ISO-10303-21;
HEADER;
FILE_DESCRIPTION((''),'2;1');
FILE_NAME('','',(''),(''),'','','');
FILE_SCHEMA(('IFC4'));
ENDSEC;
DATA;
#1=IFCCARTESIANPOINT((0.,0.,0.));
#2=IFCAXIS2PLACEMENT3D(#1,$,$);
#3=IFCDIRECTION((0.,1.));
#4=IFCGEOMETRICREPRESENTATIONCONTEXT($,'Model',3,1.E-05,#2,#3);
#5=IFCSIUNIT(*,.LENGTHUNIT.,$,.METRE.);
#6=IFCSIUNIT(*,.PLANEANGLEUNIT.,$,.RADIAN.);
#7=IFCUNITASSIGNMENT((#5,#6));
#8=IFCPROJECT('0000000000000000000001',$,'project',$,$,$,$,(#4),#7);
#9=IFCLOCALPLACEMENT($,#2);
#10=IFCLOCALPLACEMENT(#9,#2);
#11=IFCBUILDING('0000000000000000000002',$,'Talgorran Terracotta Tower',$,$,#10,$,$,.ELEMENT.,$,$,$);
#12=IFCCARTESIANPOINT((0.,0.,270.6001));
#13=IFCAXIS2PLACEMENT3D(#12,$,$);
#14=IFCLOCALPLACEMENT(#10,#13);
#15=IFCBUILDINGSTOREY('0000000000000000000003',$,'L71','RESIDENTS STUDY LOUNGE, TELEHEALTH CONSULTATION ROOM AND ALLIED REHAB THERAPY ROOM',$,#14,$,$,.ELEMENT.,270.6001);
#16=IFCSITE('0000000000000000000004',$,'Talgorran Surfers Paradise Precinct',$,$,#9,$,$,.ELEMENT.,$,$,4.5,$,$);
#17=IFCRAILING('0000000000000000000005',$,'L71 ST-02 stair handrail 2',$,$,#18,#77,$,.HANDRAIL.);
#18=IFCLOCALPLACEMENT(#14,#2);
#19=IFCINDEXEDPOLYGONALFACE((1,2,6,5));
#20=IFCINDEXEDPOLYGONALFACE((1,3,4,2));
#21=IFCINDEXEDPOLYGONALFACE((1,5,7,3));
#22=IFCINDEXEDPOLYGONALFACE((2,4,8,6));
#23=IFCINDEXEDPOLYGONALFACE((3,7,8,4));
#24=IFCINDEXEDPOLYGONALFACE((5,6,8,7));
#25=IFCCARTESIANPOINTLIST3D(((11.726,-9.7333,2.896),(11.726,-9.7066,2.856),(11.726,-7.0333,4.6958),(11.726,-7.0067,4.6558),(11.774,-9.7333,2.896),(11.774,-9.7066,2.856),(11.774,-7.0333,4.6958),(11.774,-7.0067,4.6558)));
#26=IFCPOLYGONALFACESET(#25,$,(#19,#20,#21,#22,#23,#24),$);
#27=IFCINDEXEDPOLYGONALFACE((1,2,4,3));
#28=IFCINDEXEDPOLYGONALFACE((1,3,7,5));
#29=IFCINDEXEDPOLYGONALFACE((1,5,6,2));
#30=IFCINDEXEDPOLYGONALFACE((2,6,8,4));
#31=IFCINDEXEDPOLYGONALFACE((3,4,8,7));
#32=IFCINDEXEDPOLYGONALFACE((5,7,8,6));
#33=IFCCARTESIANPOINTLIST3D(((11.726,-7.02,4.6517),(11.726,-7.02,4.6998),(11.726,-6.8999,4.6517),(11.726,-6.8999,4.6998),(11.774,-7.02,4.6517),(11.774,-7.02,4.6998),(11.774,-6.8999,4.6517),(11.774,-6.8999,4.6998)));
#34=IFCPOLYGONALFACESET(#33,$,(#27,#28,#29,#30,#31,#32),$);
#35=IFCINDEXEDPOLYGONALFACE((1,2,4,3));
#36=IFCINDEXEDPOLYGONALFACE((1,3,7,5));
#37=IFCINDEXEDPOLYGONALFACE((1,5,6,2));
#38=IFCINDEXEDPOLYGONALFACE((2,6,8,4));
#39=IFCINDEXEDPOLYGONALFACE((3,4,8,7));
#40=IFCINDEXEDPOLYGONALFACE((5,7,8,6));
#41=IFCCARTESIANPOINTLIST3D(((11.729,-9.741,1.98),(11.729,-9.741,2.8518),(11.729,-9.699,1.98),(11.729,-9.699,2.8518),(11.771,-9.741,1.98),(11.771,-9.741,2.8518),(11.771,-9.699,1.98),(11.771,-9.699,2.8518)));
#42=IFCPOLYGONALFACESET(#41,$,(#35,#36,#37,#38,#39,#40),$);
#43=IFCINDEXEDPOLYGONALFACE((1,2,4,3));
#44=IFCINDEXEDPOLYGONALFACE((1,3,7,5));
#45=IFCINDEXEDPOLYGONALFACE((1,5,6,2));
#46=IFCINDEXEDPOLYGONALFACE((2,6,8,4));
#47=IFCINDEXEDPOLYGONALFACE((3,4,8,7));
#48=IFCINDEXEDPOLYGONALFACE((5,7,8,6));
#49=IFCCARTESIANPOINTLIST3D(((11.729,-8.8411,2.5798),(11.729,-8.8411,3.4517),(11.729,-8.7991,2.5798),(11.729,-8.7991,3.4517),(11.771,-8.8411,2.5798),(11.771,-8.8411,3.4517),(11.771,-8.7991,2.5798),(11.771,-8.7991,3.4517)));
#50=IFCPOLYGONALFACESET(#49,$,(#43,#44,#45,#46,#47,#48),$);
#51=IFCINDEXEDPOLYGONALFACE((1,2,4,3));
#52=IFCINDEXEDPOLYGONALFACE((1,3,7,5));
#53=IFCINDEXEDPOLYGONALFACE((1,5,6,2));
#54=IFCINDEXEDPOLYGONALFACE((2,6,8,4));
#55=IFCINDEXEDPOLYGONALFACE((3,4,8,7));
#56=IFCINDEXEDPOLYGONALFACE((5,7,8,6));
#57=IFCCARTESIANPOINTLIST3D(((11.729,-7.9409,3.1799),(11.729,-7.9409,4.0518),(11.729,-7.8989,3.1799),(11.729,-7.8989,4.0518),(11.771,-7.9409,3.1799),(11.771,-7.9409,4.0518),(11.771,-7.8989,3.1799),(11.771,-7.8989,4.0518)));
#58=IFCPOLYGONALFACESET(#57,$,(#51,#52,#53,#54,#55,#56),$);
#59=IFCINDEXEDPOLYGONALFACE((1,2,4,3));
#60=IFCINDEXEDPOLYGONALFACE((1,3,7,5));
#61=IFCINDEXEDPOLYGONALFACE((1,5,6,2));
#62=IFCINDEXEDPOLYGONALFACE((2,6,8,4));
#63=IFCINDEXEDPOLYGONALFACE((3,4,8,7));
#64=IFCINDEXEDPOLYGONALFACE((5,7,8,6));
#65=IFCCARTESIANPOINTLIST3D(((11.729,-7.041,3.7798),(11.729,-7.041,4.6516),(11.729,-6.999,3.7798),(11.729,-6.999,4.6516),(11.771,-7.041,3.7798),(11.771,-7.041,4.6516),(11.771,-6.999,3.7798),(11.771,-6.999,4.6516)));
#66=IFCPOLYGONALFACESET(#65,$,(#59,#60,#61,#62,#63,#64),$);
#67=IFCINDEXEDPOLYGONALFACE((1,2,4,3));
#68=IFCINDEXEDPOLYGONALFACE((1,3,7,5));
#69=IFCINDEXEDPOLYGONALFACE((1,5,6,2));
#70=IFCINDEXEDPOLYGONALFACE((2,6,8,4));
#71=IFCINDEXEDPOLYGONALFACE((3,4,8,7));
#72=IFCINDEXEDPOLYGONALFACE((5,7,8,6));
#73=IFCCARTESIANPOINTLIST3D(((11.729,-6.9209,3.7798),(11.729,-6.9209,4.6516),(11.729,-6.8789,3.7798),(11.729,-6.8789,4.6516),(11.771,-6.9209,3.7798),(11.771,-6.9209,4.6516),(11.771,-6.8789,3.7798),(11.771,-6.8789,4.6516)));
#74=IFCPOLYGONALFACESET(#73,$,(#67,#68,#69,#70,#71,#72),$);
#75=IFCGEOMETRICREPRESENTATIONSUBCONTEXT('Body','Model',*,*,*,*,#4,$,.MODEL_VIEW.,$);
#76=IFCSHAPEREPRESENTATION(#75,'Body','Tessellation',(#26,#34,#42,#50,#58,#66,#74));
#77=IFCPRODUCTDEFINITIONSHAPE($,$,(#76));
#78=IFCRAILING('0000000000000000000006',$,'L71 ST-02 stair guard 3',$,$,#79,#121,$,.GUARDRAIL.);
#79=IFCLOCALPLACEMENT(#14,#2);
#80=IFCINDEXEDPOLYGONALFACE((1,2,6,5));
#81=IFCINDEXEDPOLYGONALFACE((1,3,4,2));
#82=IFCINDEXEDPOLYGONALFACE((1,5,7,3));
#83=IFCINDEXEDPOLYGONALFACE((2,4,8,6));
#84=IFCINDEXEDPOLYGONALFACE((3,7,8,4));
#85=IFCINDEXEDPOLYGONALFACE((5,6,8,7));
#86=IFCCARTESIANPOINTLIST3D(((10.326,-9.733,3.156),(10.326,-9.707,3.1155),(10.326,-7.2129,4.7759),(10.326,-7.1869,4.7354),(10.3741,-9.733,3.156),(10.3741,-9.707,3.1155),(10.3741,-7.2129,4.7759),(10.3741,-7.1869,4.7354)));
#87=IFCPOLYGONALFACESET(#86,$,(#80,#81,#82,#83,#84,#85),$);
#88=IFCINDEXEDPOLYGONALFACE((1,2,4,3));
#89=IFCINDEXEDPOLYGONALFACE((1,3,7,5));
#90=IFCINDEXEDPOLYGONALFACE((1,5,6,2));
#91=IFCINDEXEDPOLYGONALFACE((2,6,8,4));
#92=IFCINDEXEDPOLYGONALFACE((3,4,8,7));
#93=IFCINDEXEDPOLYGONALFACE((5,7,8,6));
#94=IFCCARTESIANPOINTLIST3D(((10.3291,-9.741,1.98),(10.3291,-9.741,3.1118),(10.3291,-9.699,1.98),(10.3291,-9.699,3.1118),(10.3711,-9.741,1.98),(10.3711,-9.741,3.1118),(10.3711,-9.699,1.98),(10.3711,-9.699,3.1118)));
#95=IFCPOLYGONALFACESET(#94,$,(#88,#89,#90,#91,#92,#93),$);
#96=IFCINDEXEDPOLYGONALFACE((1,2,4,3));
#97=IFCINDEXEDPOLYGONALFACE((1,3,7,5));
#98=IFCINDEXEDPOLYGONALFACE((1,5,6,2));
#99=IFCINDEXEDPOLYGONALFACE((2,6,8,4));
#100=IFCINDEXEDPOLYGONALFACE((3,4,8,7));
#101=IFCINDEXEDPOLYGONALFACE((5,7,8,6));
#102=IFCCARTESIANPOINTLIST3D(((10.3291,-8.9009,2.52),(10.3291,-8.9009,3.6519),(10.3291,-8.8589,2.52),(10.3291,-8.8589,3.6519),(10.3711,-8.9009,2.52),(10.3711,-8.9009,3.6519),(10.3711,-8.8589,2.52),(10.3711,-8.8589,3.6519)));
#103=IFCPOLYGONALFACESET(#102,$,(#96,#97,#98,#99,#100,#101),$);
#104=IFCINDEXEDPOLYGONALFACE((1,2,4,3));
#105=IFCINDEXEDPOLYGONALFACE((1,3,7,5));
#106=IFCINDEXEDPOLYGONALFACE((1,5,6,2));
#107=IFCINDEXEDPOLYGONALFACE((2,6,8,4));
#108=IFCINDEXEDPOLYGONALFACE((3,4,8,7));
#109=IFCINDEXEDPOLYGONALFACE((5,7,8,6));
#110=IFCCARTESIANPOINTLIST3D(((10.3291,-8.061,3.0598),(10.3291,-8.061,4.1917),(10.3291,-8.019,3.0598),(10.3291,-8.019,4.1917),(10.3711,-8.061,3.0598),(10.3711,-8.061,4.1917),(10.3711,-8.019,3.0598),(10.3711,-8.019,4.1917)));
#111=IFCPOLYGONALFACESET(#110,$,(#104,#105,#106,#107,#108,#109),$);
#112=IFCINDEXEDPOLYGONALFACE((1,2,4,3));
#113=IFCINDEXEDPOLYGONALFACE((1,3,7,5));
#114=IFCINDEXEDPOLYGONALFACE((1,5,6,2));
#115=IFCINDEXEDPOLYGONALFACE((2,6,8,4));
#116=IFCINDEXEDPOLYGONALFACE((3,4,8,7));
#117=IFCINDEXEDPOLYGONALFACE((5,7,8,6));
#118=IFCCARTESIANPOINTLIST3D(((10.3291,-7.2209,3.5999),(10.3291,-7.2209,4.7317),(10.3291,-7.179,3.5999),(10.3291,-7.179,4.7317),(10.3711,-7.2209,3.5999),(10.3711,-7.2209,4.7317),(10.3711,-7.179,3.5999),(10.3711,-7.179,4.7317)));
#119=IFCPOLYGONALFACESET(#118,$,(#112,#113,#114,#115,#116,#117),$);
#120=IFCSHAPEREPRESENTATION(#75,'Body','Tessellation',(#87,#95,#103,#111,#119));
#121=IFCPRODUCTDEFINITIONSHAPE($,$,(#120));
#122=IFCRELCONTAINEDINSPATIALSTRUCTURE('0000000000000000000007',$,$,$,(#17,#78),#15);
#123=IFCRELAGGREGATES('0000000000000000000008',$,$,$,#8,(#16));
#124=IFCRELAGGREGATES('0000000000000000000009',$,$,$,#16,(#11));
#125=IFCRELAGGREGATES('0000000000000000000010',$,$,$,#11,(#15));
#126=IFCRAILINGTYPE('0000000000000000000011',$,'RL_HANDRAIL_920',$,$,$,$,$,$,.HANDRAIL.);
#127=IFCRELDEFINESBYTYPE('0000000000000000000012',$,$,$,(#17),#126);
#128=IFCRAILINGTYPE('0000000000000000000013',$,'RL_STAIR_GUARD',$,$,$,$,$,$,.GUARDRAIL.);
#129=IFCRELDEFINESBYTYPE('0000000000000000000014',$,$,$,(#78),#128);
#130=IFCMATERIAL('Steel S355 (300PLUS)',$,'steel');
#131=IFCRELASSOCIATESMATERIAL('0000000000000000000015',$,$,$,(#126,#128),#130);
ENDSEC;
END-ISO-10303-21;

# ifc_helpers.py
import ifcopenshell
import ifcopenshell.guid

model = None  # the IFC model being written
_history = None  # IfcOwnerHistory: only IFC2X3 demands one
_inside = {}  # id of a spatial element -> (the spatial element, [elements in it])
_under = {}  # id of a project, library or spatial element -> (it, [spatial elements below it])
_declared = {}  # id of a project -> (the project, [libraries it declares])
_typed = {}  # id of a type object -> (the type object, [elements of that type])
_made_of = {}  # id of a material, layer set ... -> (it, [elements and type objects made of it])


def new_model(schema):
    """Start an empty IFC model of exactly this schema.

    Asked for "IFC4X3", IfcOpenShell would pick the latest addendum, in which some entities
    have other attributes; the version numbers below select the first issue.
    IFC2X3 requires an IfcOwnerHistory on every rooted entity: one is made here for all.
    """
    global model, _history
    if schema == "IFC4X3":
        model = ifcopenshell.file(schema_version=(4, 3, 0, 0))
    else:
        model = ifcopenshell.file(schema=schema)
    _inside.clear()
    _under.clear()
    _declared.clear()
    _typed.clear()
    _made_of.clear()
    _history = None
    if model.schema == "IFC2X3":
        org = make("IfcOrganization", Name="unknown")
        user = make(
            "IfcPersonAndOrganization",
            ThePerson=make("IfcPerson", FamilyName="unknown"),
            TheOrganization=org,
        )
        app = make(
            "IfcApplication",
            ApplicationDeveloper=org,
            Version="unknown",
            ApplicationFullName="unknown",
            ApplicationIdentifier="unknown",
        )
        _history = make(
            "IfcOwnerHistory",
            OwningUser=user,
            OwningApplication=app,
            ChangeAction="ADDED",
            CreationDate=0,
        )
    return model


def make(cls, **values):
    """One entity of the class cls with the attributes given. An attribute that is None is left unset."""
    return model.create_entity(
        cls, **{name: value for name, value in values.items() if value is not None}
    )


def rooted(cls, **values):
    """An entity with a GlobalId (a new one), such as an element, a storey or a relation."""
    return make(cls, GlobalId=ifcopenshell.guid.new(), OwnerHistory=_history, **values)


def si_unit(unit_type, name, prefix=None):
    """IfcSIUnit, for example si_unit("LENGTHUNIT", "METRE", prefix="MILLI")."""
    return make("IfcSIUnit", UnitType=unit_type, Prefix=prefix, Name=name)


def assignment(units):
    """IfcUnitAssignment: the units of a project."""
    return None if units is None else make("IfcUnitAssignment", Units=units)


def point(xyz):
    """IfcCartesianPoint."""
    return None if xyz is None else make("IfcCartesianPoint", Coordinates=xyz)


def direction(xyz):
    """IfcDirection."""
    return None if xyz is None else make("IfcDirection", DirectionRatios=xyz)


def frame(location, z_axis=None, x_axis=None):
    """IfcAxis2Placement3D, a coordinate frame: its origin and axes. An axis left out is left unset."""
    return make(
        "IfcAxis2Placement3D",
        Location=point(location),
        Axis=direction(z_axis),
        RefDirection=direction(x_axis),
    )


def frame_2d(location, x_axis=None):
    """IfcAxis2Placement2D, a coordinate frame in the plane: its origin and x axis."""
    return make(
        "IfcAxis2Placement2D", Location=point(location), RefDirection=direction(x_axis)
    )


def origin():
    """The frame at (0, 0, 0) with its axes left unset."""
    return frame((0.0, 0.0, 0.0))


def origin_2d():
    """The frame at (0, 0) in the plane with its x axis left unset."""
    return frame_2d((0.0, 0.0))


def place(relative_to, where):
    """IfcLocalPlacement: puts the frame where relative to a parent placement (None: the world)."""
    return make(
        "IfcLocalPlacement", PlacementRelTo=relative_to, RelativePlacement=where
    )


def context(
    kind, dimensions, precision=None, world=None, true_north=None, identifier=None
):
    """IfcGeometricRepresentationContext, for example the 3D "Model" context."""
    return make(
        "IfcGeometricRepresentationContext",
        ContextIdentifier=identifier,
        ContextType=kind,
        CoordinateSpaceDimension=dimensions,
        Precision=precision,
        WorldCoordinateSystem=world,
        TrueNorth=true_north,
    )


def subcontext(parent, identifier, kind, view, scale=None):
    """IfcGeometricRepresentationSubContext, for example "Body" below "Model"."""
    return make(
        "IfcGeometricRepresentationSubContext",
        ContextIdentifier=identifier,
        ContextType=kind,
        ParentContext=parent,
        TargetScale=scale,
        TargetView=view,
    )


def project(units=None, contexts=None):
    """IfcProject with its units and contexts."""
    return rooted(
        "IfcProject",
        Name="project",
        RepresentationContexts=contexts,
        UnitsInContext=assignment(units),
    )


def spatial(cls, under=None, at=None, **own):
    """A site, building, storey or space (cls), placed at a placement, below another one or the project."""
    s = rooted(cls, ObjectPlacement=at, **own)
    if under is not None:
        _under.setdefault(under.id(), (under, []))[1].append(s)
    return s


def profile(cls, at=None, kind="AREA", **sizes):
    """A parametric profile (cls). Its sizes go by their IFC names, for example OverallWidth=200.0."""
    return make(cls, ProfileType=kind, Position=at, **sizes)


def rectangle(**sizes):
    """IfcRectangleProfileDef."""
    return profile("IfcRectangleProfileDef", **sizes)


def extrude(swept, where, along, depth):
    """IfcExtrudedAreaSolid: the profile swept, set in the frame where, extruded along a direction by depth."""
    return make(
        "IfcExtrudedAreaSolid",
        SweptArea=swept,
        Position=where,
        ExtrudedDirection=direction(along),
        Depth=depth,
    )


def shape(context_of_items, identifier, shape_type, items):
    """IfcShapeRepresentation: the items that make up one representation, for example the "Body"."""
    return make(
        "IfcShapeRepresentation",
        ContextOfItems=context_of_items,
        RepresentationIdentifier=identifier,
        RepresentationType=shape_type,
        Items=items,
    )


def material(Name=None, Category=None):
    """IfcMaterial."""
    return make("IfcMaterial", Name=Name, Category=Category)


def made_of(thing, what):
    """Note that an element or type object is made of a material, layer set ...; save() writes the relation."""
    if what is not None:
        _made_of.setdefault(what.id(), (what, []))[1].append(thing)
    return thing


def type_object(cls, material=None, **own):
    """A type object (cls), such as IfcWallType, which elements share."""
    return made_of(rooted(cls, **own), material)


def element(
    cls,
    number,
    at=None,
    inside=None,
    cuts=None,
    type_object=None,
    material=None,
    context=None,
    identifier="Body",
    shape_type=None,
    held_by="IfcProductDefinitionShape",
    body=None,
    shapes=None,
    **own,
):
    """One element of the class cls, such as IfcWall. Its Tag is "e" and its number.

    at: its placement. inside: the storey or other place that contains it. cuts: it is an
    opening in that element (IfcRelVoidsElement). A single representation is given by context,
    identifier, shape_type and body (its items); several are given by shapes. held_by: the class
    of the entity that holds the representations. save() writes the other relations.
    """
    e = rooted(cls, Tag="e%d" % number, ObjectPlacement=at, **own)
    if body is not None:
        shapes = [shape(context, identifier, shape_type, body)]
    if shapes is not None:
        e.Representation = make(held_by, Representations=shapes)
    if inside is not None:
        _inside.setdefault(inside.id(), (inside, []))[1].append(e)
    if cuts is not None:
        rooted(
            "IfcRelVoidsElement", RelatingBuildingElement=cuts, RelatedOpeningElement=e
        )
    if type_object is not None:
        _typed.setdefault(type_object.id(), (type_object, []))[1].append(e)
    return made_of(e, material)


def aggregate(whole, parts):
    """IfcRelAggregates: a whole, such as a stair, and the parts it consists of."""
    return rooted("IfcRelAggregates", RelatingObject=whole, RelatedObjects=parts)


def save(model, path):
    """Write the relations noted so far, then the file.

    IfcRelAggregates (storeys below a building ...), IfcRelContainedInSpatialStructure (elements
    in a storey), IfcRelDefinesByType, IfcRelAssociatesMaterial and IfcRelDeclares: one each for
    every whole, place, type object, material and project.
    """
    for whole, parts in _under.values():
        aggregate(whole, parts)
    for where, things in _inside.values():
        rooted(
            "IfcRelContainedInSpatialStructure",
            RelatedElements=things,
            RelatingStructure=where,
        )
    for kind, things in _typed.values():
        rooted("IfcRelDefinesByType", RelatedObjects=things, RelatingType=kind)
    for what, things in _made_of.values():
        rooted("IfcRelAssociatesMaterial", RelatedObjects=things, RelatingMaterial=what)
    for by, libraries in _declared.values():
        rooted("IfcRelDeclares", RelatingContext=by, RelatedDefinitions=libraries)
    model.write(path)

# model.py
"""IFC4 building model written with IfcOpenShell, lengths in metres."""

from ifc_helpers import new_model, si_unit, direction, frame, origin, origin_2d, place, context, subcontext, project, spatial, rectangle, extrude, material, type_object, element, save


model = new_model("IFC4")

# Units and contexts
model_context = context("Model", 3, precision=1e-05, world=origin(), true_north=direction((0.0, 1.0)))
body_context = subcontext(model_context, "Body", "Model", "MODEL_VIEW")
ifc_project = project(units=[si_unit("LENGTHUNIT", "METRE"), si_unit("PLANEANGLEUNIT", "RADIAN")], contexts=[model_context])

# Site, building, storey
site_placement = place(None, origin())
site = spatial("IfcSite", under=ifc_project, at=site_placement, Name="Talgorran Surfers Paradise Precinct", CompositionType="ELEMENT", RefElevation=4.5)
building_placement = place(site_placement, origin())
building = spatial("IfcBuilding", under=site, at=building_placement, Name="Talgorran Terracotta Tower", CompositionType="ELEMENT")
storey_placement = place(building_placement, frame((0.0, 0.0, 270.6001)))
storey = spatial("IfcBuildingStorey", under=building, at=storey_placement, Name="L71", Description="RESIDENTS STUDY LOUNGE, TELEHEALTH CONSULTATION ROOM AND ALLIED REHAB THERAPY ROOM", CompositionType="ELEMENT", Elevation=270.6001)

# Shared definitions
ifc_material_1 = material(Name="Steel S355 (300PLUS)", Category="steel")

# Railings
railing_type_1 = type_object("IfcRailingType", Name="RL_HANDRAIL_920", PredefinedType="HANDRAIL", material=ifc_material_1)
railing_1_placement = place(storey_placement, frame((11.75, -9.72, 1.98)))
element("IfcRailing", 1, at=railing_1_placement, inside=storey, type_object=railing_type_1, Name="L71 ST-02 stair handrail 2", PredefinedType="HANDRAIL", context=body_context, shape_type="SweptSolid", body=[
    extrude(rectangle(XDim=0.0481, YDim=0.0481, at=origin_2d()), frame((0.0, 0.0, 0.896), z_axis=(0.0, 0.832073, 0.554665), x_axis=(-1.0, 0.0, 0.0)), (0.0, 0.0, 1.0), 3.2449),
    extrude(rectangle(XDim=0.0481, YDim=0.0481, at=origin_2d()), frame((0.0, 2.7, 2.6958), z_axis=(0.0, 1.0, 0.0), x_axis=(-1.0, 0.0, 0.0)), (0.0, 0.0, 1.0), 0.1201),
    extrude(rectangle(XDim=0.042, YDim=0.042, at=origin_2d()), origin(), (0.0, 0.0, 1.0), 0.8718),
    extrude(rectangle(XDim=0.042, YDim=0.042, at=origin_2d()), frame((0.0, 0.8999, 0.5999)), (0.0, 0.0, 1.0), 0.8718),
    extrude(rectangle(XDim=0.042, YDim=0.042, at=origin_2d()), frame((0.0, 1.8, 1.2)), (0.0, 0.0, 1.0), 0.8718),
    extrude(rectangle(XDim=0.042, YDim=0.042, at=origin_2d()), frame((0.0, 2.7, 1.7998)), (0.0, 0.0, 1.0), 0.8718),
    extrude(rectangle(XDim=0.042, YDim=0.042, at=origin_2d()), frame((0.0, 2.8201, 1.7998)), (0.0, 0.0, 1.0), 0.8718),
])
railing_type_2 = type_object("IfcRailingType", Name="RL_STAIR_GUARD", PredefinedType="GUARDRAIL", material=ifc_material_1)
railing_2_placement = place(storey_placement, frame((10.3501, -9.72, 1.98)))
element("IfcRailing", 2, at=railing_2_placement, inside=storey, type_object=railing_type_2, Name="L71 ST-02 stair guard 3", PredefinedType="GUARDRAIL", context=body_context, shape_type="SweptSolid", body=[
    extrude(rectangle(XDim=0.0481, YDim=0.0481, at=origin_2d()), frame((0.0, 0.0, 1.1558), z_axis=(0.0, 0.8412, 0.540725), x_axis=(-1.0, 0.0, 0.0)), (0.0, 0.0, 1.0), 2.9958),
    extrude(rectangle(XDim=0.042, YDim=0.042, at=origin_2d()), origin(), (0.0, 0.0, 1.0), 1.1318),
    extrude(rectangle(XDim=0.042, YDim=0.042, at=origin_2d()), frame((0.0, 0.8401, 0.54)), (0.0, 0.0, 1.0), 1.1318),
    extrude(rectangle(XDim=0.042, YDim=0.042, at=origin_2d()), frame((0.0, 1.6799, 1.0798)), (0.0, 0.0, 1.0), 1.1318),
    extrude(rectangle(XDim=0.042, YDim=0.042, at=origin_2d()), frame((0.0, 2.52, 1.6199)), (0.0, 0.0, 1.0), 1.1318),
])

save(model, "model.ifc")
